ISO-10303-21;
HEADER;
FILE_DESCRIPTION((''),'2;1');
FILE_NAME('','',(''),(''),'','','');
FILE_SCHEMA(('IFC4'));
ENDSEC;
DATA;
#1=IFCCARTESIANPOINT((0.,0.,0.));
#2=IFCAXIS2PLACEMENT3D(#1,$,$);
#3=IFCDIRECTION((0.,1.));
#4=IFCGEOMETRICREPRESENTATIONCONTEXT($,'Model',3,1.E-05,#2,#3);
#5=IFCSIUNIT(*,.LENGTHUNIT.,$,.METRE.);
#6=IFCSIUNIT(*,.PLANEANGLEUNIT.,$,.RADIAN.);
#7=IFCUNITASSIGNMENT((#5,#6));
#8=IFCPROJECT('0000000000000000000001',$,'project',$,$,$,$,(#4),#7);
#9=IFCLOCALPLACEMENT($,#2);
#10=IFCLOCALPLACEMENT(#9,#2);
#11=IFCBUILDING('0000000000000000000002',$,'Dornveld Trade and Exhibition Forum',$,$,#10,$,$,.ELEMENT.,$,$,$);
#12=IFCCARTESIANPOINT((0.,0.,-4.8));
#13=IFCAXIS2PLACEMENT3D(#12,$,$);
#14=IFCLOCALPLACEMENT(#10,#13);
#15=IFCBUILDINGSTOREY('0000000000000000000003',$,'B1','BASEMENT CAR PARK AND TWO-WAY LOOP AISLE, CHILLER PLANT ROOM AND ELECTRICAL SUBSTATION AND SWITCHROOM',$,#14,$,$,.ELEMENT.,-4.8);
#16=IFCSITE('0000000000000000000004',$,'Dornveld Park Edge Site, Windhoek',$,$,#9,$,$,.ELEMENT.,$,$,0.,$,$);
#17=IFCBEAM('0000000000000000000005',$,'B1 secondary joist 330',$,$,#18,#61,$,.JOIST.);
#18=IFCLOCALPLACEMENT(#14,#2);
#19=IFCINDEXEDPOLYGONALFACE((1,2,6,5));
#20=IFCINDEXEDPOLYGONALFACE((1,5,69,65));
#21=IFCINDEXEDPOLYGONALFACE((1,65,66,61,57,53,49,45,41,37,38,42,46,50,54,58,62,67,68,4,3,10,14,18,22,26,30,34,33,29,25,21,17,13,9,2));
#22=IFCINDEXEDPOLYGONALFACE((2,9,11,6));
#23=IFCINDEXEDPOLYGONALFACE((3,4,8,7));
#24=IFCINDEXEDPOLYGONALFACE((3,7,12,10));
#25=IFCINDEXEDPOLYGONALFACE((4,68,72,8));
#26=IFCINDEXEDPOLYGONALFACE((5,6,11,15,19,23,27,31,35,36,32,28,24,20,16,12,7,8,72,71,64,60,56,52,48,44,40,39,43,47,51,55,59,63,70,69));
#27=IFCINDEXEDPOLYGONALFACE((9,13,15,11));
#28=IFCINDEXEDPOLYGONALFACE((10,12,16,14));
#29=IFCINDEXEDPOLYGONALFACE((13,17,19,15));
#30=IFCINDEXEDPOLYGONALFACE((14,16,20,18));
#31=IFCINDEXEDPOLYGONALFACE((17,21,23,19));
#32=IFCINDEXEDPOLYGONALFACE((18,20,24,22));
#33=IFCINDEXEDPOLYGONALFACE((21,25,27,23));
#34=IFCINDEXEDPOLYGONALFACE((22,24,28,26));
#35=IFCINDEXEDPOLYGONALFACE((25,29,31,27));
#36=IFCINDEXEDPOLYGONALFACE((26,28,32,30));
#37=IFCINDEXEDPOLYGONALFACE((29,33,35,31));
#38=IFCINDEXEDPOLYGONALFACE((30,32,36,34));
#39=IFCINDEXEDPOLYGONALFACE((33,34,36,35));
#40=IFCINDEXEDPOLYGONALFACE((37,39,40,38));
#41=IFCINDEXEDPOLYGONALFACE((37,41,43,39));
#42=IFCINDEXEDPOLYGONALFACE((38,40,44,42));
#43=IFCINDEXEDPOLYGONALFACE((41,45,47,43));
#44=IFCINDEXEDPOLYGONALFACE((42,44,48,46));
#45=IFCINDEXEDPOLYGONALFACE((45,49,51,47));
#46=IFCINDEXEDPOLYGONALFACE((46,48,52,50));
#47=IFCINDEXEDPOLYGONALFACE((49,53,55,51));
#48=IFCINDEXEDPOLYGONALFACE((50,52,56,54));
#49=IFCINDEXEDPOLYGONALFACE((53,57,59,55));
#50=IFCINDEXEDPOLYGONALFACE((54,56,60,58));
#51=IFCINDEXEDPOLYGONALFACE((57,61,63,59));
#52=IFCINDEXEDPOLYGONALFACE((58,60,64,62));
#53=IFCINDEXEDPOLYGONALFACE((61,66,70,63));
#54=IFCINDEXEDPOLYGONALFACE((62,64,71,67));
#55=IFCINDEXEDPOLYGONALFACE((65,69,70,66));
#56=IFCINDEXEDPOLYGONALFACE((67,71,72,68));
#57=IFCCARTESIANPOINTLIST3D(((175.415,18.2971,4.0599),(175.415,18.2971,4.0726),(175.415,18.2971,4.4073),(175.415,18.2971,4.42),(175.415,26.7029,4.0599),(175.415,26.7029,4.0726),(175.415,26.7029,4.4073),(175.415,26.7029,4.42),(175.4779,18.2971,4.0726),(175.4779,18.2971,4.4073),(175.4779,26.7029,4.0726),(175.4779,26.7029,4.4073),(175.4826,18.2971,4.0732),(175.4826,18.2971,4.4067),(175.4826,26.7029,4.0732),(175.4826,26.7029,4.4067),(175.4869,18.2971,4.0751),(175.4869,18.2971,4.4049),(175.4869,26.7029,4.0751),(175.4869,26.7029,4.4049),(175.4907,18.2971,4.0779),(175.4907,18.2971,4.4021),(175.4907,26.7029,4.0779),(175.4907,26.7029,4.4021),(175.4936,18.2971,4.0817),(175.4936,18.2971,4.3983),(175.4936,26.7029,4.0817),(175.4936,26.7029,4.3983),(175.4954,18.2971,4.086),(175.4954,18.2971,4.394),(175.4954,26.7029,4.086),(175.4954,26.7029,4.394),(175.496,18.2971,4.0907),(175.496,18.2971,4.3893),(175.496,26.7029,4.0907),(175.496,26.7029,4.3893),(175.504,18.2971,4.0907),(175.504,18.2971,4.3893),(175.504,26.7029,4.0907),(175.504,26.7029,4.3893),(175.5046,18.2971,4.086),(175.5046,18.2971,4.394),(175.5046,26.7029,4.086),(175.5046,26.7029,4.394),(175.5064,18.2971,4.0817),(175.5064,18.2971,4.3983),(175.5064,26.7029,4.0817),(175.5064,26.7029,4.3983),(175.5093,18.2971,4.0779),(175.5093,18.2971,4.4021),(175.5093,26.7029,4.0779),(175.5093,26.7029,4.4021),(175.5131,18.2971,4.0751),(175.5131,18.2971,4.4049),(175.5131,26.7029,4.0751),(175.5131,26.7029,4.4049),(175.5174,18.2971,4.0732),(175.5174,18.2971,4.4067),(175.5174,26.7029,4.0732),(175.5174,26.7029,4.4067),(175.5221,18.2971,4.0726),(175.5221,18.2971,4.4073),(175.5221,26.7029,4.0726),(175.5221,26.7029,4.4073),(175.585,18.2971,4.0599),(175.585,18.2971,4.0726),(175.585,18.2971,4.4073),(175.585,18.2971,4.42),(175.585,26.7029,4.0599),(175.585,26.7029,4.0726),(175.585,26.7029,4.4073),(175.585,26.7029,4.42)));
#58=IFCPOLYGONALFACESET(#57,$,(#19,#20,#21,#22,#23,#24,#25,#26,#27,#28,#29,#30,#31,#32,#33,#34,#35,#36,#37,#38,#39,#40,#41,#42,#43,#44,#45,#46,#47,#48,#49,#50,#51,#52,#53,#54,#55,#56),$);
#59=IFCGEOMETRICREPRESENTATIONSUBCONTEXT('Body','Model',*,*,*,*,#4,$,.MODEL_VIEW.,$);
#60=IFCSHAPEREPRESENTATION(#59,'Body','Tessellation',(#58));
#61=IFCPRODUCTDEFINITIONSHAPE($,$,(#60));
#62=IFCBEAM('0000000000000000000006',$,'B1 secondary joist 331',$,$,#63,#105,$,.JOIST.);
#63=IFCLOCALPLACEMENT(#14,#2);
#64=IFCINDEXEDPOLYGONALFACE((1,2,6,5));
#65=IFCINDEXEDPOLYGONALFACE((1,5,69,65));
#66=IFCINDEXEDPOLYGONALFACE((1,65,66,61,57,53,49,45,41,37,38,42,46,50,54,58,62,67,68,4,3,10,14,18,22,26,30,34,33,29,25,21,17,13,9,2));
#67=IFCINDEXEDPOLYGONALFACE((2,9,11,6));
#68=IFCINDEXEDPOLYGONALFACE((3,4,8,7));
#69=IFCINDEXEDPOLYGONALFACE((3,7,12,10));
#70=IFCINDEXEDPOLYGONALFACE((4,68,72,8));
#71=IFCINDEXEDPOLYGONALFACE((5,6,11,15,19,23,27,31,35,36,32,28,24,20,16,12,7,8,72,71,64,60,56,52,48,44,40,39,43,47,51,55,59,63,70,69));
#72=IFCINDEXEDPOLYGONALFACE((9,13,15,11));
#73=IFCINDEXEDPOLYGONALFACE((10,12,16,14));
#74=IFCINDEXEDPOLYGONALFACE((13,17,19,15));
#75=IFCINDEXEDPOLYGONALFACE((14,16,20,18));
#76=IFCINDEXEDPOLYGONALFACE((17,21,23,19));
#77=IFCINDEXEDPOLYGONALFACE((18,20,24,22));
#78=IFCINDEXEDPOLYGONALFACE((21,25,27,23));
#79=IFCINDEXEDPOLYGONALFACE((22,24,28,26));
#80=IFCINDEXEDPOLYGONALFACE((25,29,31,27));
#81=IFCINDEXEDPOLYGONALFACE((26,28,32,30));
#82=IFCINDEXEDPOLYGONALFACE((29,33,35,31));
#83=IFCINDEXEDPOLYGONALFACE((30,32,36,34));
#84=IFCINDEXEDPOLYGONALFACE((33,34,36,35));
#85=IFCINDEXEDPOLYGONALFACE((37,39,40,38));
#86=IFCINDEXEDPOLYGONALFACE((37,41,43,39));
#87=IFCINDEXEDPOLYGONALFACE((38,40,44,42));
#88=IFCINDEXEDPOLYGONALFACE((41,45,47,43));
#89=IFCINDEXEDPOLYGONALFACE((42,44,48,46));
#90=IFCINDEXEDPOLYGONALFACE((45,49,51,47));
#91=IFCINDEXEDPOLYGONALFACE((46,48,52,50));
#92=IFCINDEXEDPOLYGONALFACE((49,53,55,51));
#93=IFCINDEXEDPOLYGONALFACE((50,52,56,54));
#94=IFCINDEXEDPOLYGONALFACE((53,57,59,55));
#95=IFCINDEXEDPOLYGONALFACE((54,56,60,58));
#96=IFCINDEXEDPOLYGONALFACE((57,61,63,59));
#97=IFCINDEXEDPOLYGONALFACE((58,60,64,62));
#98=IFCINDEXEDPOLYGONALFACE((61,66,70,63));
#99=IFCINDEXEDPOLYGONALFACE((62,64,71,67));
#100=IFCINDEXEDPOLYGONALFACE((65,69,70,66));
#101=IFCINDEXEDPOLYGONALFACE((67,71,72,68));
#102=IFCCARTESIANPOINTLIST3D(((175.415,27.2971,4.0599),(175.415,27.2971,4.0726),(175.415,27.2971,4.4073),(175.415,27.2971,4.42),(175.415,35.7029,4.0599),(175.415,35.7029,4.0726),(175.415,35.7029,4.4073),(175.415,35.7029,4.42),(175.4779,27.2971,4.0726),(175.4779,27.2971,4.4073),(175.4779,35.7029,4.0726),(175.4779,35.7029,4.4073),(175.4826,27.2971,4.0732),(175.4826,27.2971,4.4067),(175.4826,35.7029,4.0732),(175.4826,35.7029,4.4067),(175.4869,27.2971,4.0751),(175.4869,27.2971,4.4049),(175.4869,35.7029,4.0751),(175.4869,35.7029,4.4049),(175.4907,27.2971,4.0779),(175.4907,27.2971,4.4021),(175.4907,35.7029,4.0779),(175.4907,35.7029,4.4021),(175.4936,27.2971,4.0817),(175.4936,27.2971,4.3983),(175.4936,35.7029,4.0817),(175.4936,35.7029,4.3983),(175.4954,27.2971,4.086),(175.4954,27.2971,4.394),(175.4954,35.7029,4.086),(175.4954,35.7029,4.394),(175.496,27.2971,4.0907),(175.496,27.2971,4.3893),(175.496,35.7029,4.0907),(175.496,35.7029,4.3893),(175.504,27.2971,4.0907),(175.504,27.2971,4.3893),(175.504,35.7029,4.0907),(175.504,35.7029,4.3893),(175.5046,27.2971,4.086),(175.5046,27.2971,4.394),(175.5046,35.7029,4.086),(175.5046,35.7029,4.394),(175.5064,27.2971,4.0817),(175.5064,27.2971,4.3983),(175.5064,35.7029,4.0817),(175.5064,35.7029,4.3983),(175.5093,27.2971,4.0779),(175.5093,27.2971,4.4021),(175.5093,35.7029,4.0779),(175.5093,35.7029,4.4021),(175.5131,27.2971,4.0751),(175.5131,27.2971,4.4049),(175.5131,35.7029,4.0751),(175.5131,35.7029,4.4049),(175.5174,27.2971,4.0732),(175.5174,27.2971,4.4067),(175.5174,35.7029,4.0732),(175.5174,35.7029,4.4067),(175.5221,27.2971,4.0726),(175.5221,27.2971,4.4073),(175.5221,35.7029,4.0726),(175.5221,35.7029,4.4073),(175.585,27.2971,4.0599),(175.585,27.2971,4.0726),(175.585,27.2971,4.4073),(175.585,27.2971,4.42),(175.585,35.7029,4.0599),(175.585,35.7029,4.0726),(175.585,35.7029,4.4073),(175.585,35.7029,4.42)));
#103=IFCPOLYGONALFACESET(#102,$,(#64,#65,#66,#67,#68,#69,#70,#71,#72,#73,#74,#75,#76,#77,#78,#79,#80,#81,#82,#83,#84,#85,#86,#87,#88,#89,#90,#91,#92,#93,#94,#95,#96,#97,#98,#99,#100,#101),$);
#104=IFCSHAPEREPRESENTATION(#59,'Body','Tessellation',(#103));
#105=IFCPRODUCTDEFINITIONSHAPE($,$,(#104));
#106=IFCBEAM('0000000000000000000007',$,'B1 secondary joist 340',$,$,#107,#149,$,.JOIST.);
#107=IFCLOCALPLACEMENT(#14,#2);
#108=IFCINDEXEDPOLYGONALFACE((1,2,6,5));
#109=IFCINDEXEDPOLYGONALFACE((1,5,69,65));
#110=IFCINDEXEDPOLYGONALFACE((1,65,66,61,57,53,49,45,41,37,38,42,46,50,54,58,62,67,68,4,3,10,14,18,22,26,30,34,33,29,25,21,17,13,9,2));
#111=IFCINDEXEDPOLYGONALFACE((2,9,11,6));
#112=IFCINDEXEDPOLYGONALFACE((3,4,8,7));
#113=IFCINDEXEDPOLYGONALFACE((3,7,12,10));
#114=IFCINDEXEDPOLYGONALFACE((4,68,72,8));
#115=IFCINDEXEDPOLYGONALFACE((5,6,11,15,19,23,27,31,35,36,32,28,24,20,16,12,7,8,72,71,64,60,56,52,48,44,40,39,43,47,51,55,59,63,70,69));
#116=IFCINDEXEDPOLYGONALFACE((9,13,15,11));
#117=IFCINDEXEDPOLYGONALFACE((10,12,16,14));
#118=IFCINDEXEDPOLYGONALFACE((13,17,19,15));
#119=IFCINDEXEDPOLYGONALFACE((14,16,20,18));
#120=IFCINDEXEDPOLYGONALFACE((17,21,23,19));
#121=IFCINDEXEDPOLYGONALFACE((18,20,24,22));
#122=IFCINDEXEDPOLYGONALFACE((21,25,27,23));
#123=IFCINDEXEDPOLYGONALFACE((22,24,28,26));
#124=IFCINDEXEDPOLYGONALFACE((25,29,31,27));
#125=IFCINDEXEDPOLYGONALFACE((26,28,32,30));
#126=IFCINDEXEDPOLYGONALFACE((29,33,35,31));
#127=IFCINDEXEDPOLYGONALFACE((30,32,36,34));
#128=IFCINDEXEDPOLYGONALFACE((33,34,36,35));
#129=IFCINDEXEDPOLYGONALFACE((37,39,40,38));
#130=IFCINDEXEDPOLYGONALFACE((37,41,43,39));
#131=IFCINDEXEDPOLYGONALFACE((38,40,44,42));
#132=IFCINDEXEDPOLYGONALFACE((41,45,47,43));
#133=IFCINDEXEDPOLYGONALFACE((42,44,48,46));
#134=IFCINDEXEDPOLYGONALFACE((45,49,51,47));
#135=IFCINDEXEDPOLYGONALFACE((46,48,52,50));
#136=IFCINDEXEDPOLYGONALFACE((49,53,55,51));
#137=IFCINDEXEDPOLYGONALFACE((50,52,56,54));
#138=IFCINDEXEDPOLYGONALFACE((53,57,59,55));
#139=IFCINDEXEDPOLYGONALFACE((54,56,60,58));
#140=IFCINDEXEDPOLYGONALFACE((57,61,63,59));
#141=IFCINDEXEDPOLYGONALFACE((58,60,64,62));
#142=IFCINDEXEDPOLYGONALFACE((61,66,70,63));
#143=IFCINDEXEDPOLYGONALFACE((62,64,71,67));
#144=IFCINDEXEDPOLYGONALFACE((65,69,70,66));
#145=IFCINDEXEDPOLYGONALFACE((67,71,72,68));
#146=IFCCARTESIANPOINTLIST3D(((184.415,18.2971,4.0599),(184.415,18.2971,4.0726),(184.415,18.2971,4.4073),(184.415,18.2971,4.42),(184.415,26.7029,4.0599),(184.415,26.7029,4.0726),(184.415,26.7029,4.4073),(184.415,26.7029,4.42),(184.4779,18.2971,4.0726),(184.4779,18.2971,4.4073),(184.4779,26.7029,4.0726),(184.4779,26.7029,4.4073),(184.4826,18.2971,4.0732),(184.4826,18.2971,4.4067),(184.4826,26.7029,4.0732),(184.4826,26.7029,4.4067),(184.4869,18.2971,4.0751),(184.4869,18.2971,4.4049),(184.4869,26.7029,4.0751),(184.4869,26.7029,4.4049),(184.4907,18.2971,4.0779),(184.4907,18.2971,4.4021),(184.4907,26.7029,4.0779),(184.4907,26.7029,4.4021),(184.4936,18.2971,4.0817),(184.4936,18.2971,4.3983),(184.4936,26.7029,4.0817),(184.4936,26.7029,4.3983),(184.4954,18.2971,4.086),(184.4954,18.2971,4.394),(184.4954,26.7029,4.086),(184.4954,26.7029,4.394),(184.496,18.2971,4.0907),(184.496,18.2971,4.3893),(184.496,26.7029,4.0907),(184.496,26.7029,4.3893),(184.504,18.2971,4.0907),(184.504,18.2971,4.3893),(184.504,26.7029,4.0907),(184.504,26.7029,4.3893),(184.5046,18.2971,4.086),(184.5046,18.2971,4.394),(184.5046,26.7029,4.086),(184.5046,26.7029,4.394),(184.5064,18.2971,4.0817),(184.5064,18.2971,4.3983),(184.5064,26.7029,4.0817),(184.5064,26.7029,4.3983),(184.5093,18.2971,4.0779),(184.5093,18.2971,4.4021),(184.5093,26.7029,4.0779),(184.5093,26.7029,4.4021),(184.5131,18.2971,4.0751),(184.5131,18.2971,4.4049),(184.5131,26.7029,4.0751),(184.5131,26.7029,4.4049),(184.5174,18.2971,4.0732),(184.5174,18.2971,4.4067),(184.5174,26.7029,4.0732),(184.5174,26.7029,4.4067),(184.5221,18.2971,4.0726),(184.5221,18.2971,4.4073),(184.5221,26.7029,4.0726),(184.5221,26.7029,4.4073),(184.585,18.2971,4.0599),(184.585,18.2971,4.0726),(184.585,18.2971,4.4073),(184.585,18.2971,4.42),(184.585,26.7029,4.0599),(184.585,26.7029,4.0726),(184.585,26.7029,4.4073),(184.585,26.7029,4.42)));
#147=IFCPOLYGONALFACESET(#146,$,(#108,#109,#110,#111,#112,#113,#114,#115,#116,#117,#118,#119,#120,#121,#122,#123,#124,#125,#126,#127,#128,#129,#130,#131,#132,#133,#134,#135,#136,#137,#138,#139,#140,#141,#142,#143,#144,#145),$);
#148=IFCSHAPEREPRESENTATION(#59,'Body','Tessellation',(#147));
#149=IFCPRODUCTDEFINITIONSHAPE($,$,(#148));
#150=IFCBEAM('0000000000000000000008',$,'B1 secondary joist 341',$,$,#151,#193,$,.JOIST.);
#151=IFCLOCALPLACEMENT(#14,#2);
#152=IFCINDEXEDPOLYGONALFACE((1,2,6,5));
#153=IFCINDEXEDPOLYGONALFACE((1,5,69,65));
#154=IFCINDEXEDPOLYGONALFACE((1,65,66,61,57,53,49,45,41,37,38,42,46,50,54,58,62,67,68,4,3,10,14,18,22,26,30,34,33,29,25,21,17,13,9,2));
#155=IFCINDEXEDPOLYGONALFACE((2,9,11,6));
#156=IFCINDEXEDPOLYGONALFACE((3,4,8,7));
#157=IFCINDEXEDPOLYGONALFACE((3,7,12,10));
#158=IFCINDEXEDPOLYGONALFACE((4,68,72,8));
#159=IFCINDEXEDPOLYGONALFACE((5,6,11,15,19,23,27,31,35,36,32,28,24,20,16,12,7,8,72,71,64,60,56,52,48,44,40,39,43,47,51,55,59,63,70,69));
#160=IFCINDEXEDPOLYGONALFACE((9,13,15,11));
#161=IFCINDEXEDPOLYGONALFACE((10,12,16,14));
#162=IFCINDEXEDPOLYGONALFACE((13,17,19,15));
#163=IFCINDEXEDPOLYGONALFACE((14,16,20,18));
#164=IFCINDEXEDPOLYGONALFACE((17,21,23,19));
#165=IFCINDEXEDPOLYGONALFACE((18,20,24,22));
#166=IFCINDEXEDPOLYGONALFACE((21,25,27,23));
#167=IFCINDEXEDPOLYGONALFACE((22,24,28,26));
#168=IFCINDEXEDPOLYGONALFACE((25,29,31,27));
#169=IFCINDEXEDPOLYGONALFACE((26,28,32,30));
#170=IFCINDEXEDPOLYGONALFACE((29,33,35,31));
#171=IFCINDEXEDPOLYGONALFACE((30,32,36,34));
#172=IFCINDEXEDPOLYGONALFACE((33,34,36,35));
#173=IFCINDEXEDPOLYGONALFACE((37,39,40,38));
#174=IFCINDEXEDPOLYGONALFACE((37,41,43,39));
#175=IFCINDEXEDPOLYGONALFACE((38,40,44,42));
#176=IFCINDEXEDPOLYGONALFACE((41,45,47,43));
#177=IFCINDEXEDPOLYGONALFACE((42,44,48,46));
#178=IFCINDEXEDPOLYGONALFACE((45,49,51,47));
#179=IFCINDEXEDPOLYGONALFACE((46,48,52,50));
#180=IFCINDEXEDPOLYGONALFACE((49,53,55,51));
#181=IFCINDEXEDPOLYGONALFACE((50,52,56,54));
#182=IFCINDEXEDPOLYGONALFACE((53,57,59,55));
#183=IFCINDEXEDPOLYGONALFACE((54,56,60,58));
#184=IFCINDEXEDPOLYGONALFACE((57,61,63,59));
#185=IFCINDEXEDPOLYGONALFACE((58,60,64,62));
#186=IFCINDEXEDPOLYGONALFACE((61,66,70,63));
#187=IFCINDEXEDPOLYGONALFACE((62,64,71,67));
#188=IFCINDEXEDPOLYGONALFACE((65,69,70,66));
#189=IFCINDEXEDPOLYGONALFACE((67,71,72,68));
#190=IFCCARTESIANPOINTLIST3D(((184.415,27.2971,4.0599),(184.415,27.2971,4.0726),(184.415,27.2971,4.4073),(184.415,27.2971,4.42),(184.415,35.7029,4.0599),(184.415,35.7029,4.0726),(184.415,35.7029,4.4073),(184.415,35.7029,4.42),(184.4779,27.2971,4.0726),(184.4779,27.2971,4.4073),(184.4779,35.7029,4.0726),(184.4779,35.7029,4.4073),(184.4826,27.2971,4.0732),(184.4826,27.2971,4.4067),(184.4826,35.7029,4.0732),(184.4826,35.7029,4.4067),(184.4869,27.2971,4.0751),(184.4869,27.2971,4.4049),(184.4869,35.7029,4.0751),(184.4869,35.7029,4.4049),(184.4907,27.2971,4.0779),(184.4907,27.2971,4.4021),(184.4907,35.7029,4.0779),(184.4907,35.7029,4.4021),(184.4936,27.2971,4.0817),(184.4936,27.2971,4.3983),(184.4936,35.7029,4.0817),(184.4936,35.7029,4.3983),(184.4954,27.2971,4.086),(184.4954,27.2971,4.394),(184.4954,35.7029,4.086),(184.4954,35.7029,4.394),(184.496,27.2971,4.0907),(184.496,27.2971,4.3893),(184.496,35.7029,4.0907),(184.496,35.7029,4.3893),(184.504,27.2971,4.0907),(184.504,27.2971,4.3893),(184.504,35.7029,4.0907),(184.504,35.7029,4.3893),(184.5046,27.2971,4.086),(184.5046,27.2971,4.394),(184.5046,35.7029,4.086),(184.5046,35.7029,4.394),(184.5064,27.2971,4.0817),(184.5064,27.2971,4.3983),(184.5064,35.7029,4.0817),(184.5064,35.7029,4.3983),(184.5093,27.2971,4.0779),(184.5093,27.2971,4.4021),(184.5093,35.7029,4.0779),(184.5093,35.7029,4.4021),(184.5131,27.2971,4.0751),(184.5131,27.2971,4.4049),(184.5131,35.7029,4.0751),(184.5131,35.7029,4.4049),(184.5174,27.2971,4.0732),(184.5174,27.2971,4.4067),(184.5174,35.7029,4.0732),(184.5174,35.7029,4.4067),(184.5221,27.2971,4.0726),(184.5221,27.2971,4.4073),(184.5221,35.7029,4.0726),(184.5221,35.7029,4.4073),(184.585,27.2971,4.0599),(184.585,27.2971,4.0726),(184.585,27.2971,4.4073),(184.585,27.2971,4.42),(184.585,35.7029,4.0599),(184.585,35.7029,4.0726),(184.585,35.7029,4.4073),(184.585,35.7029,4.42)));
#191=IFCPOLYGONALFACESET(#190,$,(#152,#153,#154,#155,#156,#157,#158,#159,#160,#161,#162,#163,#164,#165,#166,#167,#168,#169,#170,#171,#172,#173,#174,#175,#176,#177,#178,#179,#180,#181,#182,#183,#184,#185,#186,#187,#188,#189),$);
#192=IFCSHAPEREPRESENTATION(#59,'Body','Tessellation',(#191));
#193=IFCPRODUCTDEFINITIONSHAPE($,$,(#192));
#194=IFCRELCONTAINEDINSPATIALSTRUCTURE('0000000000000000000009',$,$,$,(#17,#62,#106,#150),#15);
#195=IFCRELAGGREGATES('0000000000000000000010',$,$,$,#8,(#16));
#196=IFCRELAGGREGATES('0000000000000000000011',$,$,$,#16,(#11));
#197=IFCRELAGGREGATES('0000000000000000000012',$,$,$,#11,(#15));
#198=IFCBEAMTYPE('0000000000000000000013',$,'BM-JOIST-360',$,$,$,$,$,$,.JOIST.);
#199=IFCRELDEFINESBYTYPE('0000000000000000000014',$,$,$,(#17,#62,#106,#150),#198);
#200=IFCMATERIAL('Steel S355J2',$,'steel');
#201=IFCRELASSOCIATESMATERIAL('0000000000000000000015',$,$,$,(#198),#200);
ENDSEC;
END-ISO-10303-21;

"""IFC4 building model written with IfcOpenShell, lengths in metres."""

from ifc_helpers import new_model, si_unit, direction, frame, origin, origin_2d, place, context, subcontext, project, spatial, i_section, extrude, material, material_profile, profile_set, type_object, element, save


model = new_model("IFC4")

# Units and contexts
model_context = context("Model", 3, precision=1e-05, world=origin(), true_north=direction((0.0, 1.0)))
body_context = subcontext(model_context, "Body", "Model", "MODEL_VIEW")
ifc_project = project(units=[si_unit("LENGTHUNIT", "METRE"), si_unit("PLANEANGLEUNIT", "RADIAN")], contexts=[model_context])

# Site, building, storey
site_placement = place(None, origin())
site = spatial("IfcSite", under=ifc_project, at=site_placement, Name="Dornveld Park Edge Site, Windhoek", CompositionType="ELEMENT", RefElevation=0.0)
building_placement = place(site_placement, origin())
building = spatial("IfcBuilding", under=site, at=building_placement, Name="Dornveld Trade and Exhibition Forum", CompositionType="ELEMENT")
storey_placement = place(building_placement, frame((0.0, 0.0, -4.8)))
storey = spatial("IfcBuildingStorey", under=building, at=storey_placement, Name="B1", Description="BASEMENT CAR PARK AND TWO-WAY LOOP AISLE, CHILLER PLANT ROOM AND ELECTRICAL SUBSTATION AND SWITCHROOM", CompositionType="ELEMENT", Elevation=-4.8)

# Beams
ifc_material_1 = material(Name="Steel S355J2", Category="steel")
ifc_material_profile_1 = material_profile(ifc_material_1, i_section(OverallWidth=0.1699, OverallDepth=0.3601, WebThickness=0.0081, FlangeThickness=0.0127, FilletRadius=0.0181, at=origin_2d()), Name="IPE 360")
ifc_profile_set_1 = profile_set([ifc_material_profile_1], Name="Steel S355J2")
beam_type_1 = type_object("IfcBeamType", Name="BM-JOIST-360", PredefinedType="JOIST", material=ifc_profile_set_1)
for number, where, z_axis, x_axis, name in (
    (1, (175.5, 18.2971, 4.24), (0.0, 1.0, 0.0), (-1.0, 0.0, 0.0), "B1 secondary joist 330"),
    (2, (175.5, 27.2971, 4.24), (0.0, 1.0, 0.0), (-1.0, 0.0, 0.0), "B1 secondary joist 331"),
    (3, (184.5, 18.2971, 4.24), (0.0, 1.0, 0.0), (-1.0, 0.0, 0.0), "B1 secondary joist 340"),
    (4, (184.5, 27.2971, 4.24), (0.0, 1.0, 0.0), (-1.0, 0.0, 0.0), "B1 secondary joist 341"),
):
    element("IfcBeam", number, at=place(storey_placement, frame(where, z_axis=z_axis, x_axis=x_axis)), inside=storey, type_object=beam_type_1, Name=name, PredefinedType="JOIST", context=body_context, shape_type="SweptSolid", body=[
        extrude(i_section(OverallWidth=0.1699, OverallDepth=0.3601, WebThickness=0.0081, FlangeThickness=0.0127, FilletRadius=0.0181, at=origin_2d()), origin(), (0.0, 0.0, 1.0), 8.4058),
    ])

save(model, "model.ifc")
